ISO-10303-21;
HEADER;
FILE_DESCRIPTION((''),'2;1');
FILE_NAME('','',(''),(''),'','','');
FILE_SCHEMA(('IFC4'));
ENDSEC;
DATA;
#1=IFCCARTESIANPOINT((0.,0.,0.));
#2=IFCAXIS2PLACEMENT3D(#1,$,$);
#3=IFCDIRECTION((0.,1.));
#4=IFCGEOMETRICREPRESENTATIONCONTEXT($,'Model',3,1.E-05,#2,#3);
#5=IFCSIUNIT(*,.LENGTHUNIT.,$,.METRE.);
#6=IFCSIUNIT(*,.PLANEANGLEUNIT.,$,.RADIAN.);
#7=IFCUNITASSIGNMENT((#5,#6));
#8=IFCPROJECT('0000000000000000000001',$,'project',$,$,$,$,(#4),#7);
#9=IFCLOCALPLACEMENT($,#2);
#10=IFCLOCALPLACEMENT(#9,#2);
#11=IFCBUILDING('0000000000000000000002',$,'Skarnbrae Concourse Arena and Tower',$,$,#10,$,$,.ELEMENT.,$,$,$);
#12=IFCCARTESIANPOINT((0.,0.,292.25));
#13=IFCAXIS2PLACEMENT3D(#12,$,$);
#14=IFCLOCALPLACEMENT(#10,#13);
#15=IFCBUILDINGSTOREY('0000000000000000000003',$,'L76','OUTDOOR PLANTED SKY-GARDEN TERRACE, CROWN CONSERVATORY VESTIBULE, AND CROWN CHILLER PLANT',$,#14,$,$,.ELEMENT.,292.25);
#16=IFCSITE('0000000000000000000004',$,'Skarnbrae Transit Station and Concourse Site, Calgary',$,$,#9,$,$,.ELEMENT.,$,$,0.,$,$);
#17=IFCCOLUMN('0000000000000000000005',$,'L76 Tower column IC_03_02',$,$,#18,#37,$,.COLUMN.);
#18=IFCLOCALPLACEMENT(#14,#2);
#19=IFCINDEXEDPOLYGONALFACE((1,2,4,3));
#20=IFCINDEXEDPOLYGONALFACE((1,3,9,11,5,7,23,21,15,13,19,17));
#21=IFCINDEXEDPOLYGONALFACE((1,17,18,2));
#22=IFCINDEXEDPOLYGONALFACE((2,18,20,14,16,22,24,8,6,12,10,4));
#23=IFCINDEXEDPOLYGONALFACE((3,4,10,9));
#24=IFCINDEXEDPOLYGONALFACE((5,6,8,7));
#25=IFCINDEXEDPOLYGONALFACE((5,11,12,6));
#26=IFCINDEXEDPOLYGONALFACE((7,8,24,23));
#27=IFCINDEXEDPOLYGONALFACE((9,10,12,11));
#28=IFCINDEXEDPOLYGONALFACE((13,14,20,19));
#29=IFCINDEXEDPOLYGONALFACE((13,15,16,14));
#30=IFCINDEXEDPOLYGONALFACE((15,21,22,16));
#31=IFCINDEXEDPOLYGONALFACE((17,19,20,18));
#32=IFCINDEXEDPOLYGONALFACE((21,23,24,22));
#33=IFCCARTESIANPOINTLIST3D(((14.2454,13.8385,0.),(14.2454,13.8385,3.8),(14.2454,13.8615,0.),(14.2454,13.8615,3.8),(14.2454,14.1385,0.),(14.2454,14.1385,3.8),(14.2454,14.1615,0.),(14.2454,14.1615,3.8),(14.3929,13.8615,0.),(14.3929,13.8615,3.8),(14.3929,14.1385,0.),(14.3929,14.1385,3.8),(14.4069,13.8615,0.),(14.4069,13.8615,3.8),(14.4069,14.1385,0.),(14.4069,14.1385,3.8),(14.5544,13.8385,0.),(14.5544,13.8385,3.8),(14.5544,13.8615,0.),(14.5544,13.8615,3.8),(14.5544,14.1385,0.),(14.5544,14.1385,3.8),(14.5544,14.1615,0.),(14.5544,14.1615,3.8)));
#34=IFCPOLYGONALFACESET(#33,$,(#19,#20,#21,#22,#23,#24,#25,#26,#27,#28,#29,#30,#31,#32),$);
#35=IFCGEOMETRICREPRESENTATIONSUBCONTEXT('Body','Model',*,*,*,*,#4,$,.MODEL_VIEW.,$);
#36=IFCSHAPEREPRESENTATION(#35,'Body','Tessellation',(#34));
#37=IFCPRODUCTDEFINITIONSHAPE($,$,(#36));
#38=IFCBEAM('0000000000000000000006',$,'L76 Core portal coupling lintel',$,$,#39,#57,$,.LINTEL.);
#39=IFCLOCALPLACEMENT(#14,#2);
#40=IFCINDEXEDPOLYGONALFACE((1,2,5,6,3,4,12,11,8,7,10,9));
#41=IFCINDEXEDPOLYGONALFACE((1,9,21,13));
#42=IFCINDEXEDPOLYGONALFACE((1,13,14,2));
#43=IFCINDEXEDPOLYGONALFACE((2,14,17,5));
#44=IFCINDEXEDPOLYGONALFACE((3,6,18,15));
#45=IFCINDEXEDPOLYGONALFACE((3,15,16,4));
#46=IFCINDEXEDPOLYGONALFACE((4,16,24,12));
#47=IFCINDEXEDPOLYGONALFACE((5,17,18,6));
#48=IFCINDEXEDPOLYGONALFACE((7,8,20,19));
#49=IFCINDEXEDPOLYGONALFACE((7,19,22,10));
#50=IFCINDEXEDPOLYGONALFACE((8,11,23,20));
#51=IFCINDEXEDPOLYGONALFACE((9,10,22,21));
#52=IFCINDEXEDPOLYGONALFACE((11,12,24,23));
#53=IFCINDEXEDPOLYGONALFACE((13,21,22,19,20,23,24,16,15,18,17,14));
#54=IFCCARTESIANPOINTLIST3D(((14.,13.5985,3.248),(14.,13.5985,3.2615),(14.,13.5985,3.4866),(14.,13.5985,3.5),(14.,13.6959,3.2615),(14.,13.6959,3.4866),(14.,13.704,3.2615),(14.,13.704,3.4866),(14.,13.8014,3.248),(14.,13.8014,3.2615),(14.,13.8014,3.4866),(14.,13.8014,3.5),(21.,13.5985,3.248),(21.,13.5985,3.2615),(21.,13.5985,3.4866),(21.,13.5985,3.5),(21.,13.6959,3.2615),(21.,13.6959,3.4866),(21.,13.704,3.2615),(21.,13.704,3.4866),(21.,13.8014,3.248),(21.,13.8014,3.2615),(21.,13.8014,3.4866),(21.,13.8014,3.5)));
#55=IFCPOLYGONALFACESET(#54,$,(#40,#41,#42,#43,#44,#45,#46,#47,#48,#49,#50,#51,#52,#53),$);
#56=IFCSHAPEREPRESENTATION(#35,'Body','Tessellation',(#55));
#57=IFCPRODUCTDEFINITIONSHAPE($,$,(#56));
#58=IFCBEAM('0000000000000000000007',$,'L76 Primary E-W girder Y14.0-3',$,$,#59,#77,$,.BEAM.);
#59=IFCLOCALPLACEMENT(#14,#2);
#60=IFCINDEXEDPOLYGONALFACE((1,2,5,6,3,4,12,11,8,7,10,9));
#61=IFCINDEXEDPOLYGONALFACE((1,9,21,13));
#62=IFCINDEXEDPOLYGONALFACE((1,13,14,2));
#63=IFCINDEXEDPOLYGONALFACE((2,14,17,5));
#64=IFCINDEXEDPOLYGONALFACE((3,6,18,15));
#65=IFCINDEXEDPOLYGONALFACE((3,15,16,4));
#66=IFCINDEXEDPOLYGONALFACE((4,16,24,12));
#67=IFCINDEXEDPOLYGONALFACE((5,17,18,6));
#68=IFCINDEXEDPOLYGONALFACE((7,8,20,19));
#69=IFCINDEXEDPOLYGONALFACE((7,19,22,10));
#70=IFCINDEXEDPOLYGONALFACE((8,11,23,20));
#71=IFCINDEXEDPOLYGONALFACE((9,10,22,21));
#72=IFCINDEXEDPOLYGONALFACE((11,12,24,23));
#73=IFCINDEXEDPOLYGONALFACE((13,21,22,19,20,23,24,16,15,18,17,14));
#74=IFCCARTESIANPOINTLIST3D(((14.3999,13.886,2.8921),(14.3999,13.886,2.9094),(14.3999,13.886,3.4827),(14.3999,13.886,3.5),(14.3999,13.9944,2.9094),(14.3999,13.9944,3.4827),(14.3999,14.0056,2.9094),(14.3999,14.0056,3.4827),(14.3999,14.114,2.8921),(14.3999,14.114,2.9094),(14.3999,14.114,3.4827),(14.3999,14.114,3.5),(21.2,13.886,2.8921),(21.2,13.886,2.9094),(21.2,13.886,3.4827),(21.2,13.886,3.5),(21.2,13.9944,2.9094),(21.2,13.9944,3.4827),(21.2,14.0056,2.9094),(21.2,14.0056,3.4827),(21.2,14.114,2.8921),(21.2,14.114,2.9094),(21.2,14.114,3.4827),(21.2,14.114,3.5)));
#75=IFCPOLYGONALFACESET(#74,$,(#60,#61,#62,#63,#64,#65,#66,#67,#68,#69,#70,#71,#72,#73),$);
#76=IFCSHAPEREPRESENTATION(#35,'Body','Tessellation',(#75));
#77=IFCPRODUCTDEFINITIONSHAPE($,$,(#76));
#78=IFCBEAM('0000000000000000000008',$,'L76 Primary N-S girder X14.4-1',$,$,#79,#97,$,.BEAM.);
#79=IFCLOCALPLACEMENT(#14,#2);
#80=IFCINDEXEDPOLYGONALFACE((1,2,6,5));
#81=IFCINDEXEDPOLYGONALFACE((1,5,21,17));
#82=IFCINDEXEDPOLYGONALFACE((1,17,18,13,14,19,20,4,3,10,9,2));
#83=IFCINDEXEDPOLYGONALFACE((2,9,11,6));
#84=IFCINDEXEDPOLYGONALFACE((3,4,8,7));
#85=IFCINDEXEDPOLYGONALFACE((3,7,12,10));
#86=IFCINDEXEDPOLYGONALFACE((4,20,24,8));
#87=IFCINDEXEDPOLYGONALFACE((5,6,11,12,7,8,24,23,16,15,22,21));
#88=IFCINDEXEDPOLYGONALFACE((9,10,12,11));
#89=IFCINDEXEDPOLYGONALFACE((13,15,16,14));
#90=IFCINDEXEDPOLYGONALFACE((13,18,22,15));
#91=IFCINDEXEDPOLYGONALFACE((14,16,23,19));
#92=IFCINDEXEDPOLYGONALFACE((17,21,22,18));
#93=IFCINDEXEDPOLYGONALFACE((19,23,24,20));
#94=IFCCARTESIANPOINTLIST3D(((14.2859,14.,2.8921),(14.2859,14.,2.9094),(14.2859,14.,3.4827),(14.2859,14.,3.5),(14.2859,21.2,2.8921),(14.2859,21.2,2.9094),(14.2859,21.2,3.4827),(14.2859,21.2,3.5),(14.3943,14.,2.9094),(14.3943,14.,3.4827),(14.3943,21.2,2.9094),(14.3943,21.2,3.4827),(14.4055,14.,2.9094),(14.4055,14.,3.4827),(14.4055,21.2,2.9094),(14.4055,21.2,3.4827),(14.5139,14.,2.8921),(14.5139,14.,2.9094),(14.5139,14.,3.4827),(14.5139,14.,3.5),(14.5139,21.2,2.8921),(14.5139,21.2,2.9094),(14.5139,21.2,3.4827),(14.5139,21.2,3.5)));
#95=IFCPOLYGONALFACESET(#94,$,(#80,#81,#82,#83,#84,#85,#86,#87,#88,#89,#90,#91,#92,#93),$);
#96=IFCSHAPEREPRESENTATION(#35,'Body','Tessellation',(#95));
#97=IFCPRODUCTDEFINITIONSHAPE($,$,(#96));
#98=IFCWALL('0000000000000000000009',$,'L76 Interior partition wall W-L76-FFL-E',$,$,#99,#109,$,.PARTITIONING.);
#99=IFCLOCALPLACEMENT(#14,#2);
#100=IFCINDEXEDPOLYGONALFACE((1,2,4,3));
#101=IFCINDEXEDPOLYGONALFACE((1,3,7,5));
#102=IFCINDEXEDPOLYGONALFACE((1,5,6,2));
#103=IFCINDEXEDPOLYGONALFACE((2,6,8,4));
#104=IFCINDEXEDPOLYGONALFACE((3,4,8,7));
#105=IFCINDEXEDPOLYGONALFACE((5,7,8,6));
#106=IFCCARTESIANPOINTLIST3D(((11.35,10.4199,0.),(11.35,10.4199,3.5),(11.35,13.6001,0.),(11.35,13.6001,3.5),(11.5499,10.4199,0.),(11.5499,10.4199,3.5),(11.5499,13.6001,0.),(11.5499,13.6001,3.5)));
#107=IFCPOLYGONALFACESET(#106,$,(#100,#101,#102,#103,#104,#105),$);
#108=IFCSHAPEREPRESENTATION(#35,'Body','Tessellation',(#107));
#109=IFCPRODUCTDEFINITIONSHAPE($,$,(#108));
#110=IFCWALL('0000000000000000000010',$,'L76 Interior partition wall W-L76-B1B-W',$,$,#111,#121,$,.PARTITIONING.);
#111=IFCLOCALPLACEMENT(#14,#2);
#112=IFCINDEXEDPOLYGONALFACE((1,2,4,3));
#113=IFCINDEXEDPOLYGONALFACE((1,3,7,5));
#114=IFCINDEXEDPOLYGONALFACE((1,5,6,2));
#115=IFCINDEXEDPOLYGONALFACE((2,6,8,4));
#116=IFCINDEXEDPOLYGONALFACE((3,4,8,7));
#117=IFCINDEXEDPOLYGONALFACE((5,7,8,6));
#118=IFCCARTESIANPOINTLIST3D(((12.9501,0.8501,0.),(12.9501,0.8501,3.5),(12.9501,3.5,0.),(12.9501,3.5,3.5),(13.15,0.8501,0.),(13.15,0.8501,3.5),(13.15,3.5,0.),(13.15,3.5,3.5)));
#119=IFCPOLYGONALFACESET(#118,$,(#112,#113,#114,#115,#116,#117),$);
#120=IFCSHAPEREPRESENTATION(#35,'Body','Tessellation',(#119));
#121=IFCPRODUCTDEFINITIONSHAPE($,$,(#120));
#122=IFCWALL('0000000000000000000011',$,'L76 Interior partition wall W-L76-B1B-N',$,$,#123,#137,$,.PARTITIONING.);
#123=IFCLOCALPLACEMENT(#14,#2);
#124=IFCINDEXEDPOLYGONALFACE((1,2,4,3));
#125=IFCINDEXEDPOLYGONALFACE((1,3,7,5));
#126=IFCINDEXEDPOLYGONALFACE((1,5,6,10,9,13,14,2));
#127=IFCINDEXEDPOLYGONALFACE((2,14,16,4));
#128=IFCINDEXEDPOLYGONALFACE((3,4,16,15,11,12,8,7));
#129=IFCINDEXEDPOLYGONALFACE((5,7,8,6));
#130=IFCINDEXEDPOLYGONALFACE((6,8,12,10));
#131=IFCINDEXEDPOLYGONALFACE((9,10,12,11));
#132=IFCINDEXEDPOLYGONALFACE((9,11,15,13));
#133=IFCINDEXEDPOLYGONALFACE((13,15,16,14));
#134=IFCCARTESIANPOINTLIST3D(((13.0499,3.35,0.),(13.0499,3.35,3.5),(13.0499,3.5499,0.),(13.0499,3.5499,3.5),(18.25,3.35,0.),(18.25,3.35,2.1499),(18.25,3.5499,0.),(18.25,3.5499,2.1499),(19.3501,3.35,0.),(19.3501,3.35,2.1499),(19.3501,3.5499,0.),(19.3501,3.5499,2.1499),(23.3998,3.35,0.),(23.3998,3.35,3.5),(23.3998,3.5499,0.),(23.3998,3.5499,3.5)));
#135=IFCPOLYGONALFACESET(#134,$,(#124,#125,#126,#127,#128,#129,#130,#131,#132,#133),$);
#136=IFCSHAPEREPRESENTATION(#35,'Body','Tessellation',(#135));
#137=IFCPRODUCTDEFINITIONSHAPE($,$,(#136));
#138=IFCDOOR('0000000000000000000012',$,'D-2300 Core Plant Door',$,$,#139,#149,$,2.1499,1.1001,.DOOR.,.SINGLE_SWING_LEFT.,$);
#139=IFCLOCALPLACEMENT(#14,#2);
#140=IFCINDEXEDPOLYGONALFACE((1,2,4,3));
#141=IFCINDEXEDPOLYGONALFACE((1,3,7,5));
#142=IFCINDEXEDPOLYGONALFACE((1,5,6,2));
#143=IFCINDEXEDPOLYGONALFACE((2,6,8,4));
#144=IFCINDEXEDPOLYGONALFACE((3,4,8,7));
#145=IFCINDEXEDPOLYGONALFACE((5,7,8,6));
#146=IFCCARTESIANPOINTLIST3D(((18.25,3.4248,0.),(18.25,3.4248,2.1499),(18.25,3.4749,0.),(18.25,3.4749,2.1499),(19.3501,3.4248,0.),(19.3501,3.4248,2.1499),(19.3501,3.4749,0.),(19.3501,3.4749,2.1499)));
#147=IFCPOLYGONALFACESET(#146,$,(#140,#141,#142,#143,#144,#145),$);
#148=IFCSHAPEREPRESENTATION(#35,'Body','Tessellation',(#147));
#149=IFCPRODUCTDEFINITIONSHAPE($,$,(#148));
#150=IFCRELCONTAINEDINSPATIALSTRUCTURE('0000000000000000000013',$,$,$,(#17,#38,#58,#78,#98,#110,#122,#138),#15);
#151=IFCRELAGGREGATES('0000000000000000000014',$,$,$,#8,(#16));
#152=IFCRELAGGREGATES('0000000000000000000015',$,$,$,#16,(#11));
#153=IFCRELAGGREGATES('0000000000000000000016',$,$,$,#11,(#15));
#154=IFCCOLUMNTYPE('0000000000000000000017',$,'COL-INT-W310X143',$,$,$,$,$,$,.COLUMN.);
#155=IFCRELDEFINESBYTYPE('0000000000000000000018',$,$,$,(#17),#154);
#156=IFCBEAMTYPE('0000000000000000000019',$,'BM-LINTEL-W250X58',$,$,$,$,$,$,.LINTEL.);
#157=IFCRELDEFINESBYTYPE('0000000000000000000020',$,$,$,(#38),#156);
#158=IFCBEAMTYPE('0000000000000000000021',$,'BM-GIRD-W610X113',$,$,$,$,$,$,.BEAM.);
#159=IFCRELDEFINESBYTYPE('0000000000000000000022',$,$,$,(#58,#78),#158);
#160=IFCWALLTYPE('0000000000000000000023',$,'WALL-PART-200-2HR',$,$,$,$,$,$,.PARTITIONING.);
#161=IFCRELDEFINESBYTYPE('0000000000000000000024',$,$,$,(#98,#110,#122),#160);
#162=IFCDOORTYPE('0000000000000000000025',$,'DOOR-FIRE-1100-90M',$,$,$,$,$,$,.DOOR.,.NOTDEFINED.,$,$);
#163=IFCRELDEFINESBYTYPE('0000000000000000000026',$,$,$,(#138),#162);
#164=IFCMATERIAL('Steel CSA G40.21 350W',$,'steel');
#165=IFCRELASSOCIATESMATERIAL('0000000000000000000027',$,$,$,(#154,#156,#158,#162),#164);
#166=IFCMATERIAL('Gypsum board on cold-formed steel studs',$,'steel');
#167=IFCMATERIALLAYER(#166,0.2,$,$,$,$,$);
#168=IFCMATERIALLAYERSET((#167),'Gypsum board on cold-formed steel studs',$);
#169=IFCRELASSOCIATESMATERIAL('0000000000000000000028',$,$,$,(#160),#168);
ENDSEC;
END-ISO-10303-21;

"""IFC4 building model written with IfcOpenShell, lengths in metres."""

from ifc_helpers import new_model, si_unit, direction, frame, frame_2d, origin, origin_2d, place, context, subcontext, project, spatial, rectangle, i_section, extrude, source, transform, mapped, material, layer, layer_set, material_profile, profile_set, type_object, element, fill, save


model = new_model("IFC4")

# Units and contexts
model_context = context("Model", 3, precision=1e-05, world=origin(), true_north=direction((0.0, 1.0)))
body_context = subcontext(model_context, "Body", "Model", "MODEL_VIEW")
ifc_project = project(units=[si_unit("LENGTHUNIT", "METRE"), si_unit("PLANEANGLEUNIT", "RADIAN")], contexts=[model_context])

# Site, building, storey
site_placement = place(None, origin())
site = spatial("IfcSite", under=ifc_project, at=site_placement, Name="Skarnbrae Transit Station and Concourse Site, Calgary", CompositionType="ELEMENT", RefElevation=0.0)
building_placement = place(site_placement, origin())
building = spatial("IfcBuilding", under=site, at=building_placement, Name="Skarnbrae Concourse Arena and Tower", CompositionType="ELEMENT")
storey_placement = place(building_placement, frame((0.0, 0.0, 292.25)))
storey = spatial("IfcBuildingStorey", under=building, at=storey_placement, Name="L76", Description="OUTDOOR PLANTED SKY-GARDEN TERRACE, CROWN CONSERVATORY VESTIBULE, AND CROWN CHILLER PLANT", CompositionType="ELEMENT", Elevation=292.25)

# Column
ifc_material_1 = material(Name="Steel CSA G40.21 350W", Category="steel")
ifc_material_profile_1 = material_profile(ifc_material_1, i_section(OverallWidth=0.3091, OverallDepth=0.323, WebThickness=0.0139, FlangeThickness=0.0229, at=origin_2d()), Name="W310X143")
ifc_profile_set_1 = profile_set([ifc_material_profile_1], Name="Steel CSA G40.21 350W")
column_type = type_object("IfcColumnType", Name="COL-INT-W310X143", PredefinedType="COLUMN", material=ifc_profile_set_1)
shared_shape_1 = source(origin(), body_context, "Body", "SweptSolid", [
    extrude(i_section(OverallWidth=0.3091, OverallDepth=0.323, WebThickness=0.0139, FlangeThickness=0.0229, at=origin_2d()), origin(), (0.0, 0.0, 1.0), 3.8),
])
column_placement = place(storey_placement, frame((14.3999, 14.0, 0.0), z_axis=(0.0, 0.0, 1.0), x_axis=(1.0, 0.0, 0.0)))
element("IfcColumn", 1, at=column_placement, inside=storey, type_object=column_type, Name="L76 Tower column IC_03_02", PredefinedType="COLUMN", context=body_context, shape_type="MappedRepresentation", body=[
    mapped(shared_shape_1, transform((0.0, 0.0, 0.0))),
])

# Beams
ifc_material_profile_2 = material_profile(ifc_material_1, i_section(OverallWidth=0.2029, OverallDepth=0.252, WebThickness=0.0081, FlangeThickness=0.0134, at=origin_2d()), Name="W250X58")
ifc_profile_set_2 = profile_set([ifc_material_profile_2], Name="Steel CSA G40.21 350W")
beam_type_1 = type_object("IfcBeamType", Name="BM-LINTEL-W250X58", PredefinedType="LINTEL", material=ifc_profile_set_2)
shared_shape_2 = source(origin(), body_context, "Body", "SweptSolid", [
    extrude(i_section(OverallWidth=0.2029, OverallDepth=0.252, WebThickness=0.0081, FlangeThickness=0.0134, at=origin_2d()), origin(), (0.0, 0.0, 1.0), 7.0),
])
beam_1_placement = place(storey_placement, frame((14.0, 13.7, 3.374), z_axis=(1.0, 0.0, 0.0), x_axis=(0.0, 1.0, 0.0)))
element("IfcBeam", 2, at=beam_1_placement, inside=storey, type_object=beam_type_1, Name="L76 Core portal coupling lintel", PredefinedType="LINTEL", context=body_context, shape_type="MappedRepresentation", body=[
    mapped(shared_shape_2, transform((0.0, 0.0, 0.0))),
])
ifc_material_profile_3 = material_profile(ifc_material_1, i_section(OverallWidth=0.228, OverallDepth=0.6079, WebThickness=0.0112, FlangeThickness=0.0173, at=origin_2d()), Name="W610X113")
ifc_profile_set_3 = profile_set([ifc_material_profile_3], Name="Steel CSA G40.21 350W")
beam_type_2 = type_object("IfcBeamType", Name="BM-GIRD-W610X113", PredefinedType="BEAM", material=ifc_profile_set_3)
shared_shape_3 = source(origin(), body_context, "Body", "SweptSolid", [
    extrude(i_section(OverallWidth=0.228, OverallDepth=0.6079, WebThickness=0.0112, FlangeThickness=0.0173, at=origin_2d()), origin(), (0.0, 0.0, 1.0), 6.8),
])
beam_2_placement = place(storey_placement, frame((14.3999, 14.0, 3.196), z_axis=(1.0, 0.0, 0.0), x_axis=(0.0, 1.0, 0.0)))
element("IfcBeam", 3, at=beam_2_placement, inside=storey, type_object=beam_type_2, Name="L76 Primary E-W girder Y14.0-3", PredefinedType="BEAM", context=body_context, shape_type="MappedRepresentation", body=[
    mapped(shared_shape_3, transform((0.0, 0.0, 0.0))),
])
shared_shape_4 = source(origin(), body_context, "Body", "SweptSolid", [
    extrude(i_section(OverallWidth=0.228, OverallDepth=0.6079, WebThickness=0.0112, FlangeThickness=0.0173, at=origin_2d()), origin(), (0.0, 0.0, 1.0), 7.2),
])
beam_3_placement = place(storey_placement, frame((14.3999, 14.0, 3.196), z_axis=(0.0, 1.0, 0.0), x_axis=(-1.0, 0.0, 0.0)))
element("IfcBeam", 4, at=beam_3_placement, inside=storey, type_object=beam_type_2, Name="L76 Primary N-S girder X14.4-1", PredefinedType="BEAM", context=body_context, shape_type="MappedRepresentation", body=[
    mapped(shared_shape_4, transform((0.0, 0.0, 0.0))),
])

# Shared definitions
door_type_1 = type_object("IfcDoorType", Name="DOOR-FIRE-1100-90M", OperationType="NOTDEFINED", PredefinedType="DOOR", material=ifc_material_1)
shared_shape_5 = source(origin(), body_context, "Body", "SweptSolid", [
    extrude(rectangle(XDim=1.1001, YDim=2.1499, at=frame_2d((0.55, 1.075))), frame((0.0, 0.0249, 0.0), z_axis=(0.0, -1.0, 0.0), x_axis=(1.0, 0.0, 0.0)), (0.0, 0.0, 1.0), 0.05),
])

# Wall
ifc_material_2 = material(Name="Gypsum board on cold-formed steel studs", Category="steel")
ifc_layer_1 = layer(ifc_material_2, 0.2)
ifc_layer_set_1 = layer_set([ifc_layer_1], Name="Gypsum board on cold-formed steel studs")
wall_type_1 = type_object("IfcWallType", Name="WALL-PART-200-2HR", PredefinedType="PARTITIONING", material=ifc_layer_set_1)
shared_shape_6 = source(origin(), body_context, "Body", "SweptSolid", [
    extrude(rectangle(XDim=3.1802, YDim=0.2, at=frame_2d((1.5901, 0.0))), origin(), (0.0, 0.0, 1.0), 3.5),
])
wall_1_placement = place(storey_placement, frame((11.45, 10.4199, 0.0), z_axis=(0.0, 0.0, 1.0), x_axis=(0.0, 1.0, 0.0)))
element("IfcWall", 5, at=wall_1_placement, inside=storey, type_object=wall_type_1, Name="L76 Interior partition wall W-L76-FFL-E", PredefinedType="PARTITIONING", context=body_context, shape_type="MappedRepresentation", body=[
    mapped(shared_shape_6, transform((0.0, 0.0, 0.0))),
])

# Wall
shared_shape_7 = source(origin(), body_context, "Body", "SweptSolid", [
    extrude(rectangle(XDim=2.6499, YDim=0.2, at=frame_2d((1.325, 0.0))), origin(), (0.0, 0.0, 1.0), 3.5),
])
wall_2_placement = place(storey_placement, frame((13.05, 0.8501, 0.0), z_axis=(0.0, 0.0, 1.0), x_axis=(0.0, 1.0, 0.0)))
element("IfcWall", 6, at=wall_2_placement, inside=storey, type_object=wall_type_1, Name="L76 Interior partition wall W-L76-B1B-W", PredefinedType="PARTITIONING", context=body_context, shape_type="MappedRepresentation", body=[
    mapped(shared_shape_7, transform((0.0, 0.0, 0.0))),
])

# Wall, opening, door
shared_shape_8 = source(origin(), body_context, "Body", "SweptSolid", [
    extrude(rectangle(XDim=10.3499, YDim=0.2, at=frame_2d((5.1748, 0.0))), origin(), (0.0, 0.0, 1.0), 3.5),
])
wall_3_placement = place(storey_placement, frame((13.05, 3.45, 0.0), z_axis=(0.0, 0.0, 1.0), x_axis=(1.0, 0.0, 0.0)))
wall_3 = element("IfcWall", 7, at=wall_3_placement, inside=storey, type_object=wall_type_1, Name="L76 Interior partition wall W-L76-B1B-N", PredefinedType="PARTITIONING", context=body_context, shape_type="MappedRepresentation", body=[
    mapped(shared_shape_8, transform((0.0, 0.0, 0.0))),
])
opening_1_placement = place(wall_3_placement, frame((5.2, 0.0, 0.0)))
opening_1 = element("IfcOpeningElement", 8, at=opening_1_placement, cuts=wall_3, PredefinedType="OPENING", context=body_context, shape_type="SweptSolid", body=[
    extrude(rectangle(XDim=1.1001, YDim=2.1499, at=frame_2d((0.55, 1.075))), frame((0.0, 0.1099, 0.0), z_axis=(0.0, -1.0, 0.0), x_axis=(1.0, 0.0, 0.0)), (0.0, 0.0, 1.0), 0.22),
])
door_1_placement = place(opening_1_placement, origin())
door_1 = element("IfcDoor", 9, at=door_1_placement, inside=storey, type_object=door_type_1, Name="D-2300 Core Plant Door", OperationType="SINGLE_SWING_LEFT", OverallHeight=2.1499, OverallWidth=1.1001, PredefinedType="DOOR", context=body_context, shape_type="MappedRepresentation", body=[
    mapped(shared_shape_5, transform((0.0, 0.0, 0.0))),
])
fill(opening_1, door_1)

save(model, "model.ifc")
